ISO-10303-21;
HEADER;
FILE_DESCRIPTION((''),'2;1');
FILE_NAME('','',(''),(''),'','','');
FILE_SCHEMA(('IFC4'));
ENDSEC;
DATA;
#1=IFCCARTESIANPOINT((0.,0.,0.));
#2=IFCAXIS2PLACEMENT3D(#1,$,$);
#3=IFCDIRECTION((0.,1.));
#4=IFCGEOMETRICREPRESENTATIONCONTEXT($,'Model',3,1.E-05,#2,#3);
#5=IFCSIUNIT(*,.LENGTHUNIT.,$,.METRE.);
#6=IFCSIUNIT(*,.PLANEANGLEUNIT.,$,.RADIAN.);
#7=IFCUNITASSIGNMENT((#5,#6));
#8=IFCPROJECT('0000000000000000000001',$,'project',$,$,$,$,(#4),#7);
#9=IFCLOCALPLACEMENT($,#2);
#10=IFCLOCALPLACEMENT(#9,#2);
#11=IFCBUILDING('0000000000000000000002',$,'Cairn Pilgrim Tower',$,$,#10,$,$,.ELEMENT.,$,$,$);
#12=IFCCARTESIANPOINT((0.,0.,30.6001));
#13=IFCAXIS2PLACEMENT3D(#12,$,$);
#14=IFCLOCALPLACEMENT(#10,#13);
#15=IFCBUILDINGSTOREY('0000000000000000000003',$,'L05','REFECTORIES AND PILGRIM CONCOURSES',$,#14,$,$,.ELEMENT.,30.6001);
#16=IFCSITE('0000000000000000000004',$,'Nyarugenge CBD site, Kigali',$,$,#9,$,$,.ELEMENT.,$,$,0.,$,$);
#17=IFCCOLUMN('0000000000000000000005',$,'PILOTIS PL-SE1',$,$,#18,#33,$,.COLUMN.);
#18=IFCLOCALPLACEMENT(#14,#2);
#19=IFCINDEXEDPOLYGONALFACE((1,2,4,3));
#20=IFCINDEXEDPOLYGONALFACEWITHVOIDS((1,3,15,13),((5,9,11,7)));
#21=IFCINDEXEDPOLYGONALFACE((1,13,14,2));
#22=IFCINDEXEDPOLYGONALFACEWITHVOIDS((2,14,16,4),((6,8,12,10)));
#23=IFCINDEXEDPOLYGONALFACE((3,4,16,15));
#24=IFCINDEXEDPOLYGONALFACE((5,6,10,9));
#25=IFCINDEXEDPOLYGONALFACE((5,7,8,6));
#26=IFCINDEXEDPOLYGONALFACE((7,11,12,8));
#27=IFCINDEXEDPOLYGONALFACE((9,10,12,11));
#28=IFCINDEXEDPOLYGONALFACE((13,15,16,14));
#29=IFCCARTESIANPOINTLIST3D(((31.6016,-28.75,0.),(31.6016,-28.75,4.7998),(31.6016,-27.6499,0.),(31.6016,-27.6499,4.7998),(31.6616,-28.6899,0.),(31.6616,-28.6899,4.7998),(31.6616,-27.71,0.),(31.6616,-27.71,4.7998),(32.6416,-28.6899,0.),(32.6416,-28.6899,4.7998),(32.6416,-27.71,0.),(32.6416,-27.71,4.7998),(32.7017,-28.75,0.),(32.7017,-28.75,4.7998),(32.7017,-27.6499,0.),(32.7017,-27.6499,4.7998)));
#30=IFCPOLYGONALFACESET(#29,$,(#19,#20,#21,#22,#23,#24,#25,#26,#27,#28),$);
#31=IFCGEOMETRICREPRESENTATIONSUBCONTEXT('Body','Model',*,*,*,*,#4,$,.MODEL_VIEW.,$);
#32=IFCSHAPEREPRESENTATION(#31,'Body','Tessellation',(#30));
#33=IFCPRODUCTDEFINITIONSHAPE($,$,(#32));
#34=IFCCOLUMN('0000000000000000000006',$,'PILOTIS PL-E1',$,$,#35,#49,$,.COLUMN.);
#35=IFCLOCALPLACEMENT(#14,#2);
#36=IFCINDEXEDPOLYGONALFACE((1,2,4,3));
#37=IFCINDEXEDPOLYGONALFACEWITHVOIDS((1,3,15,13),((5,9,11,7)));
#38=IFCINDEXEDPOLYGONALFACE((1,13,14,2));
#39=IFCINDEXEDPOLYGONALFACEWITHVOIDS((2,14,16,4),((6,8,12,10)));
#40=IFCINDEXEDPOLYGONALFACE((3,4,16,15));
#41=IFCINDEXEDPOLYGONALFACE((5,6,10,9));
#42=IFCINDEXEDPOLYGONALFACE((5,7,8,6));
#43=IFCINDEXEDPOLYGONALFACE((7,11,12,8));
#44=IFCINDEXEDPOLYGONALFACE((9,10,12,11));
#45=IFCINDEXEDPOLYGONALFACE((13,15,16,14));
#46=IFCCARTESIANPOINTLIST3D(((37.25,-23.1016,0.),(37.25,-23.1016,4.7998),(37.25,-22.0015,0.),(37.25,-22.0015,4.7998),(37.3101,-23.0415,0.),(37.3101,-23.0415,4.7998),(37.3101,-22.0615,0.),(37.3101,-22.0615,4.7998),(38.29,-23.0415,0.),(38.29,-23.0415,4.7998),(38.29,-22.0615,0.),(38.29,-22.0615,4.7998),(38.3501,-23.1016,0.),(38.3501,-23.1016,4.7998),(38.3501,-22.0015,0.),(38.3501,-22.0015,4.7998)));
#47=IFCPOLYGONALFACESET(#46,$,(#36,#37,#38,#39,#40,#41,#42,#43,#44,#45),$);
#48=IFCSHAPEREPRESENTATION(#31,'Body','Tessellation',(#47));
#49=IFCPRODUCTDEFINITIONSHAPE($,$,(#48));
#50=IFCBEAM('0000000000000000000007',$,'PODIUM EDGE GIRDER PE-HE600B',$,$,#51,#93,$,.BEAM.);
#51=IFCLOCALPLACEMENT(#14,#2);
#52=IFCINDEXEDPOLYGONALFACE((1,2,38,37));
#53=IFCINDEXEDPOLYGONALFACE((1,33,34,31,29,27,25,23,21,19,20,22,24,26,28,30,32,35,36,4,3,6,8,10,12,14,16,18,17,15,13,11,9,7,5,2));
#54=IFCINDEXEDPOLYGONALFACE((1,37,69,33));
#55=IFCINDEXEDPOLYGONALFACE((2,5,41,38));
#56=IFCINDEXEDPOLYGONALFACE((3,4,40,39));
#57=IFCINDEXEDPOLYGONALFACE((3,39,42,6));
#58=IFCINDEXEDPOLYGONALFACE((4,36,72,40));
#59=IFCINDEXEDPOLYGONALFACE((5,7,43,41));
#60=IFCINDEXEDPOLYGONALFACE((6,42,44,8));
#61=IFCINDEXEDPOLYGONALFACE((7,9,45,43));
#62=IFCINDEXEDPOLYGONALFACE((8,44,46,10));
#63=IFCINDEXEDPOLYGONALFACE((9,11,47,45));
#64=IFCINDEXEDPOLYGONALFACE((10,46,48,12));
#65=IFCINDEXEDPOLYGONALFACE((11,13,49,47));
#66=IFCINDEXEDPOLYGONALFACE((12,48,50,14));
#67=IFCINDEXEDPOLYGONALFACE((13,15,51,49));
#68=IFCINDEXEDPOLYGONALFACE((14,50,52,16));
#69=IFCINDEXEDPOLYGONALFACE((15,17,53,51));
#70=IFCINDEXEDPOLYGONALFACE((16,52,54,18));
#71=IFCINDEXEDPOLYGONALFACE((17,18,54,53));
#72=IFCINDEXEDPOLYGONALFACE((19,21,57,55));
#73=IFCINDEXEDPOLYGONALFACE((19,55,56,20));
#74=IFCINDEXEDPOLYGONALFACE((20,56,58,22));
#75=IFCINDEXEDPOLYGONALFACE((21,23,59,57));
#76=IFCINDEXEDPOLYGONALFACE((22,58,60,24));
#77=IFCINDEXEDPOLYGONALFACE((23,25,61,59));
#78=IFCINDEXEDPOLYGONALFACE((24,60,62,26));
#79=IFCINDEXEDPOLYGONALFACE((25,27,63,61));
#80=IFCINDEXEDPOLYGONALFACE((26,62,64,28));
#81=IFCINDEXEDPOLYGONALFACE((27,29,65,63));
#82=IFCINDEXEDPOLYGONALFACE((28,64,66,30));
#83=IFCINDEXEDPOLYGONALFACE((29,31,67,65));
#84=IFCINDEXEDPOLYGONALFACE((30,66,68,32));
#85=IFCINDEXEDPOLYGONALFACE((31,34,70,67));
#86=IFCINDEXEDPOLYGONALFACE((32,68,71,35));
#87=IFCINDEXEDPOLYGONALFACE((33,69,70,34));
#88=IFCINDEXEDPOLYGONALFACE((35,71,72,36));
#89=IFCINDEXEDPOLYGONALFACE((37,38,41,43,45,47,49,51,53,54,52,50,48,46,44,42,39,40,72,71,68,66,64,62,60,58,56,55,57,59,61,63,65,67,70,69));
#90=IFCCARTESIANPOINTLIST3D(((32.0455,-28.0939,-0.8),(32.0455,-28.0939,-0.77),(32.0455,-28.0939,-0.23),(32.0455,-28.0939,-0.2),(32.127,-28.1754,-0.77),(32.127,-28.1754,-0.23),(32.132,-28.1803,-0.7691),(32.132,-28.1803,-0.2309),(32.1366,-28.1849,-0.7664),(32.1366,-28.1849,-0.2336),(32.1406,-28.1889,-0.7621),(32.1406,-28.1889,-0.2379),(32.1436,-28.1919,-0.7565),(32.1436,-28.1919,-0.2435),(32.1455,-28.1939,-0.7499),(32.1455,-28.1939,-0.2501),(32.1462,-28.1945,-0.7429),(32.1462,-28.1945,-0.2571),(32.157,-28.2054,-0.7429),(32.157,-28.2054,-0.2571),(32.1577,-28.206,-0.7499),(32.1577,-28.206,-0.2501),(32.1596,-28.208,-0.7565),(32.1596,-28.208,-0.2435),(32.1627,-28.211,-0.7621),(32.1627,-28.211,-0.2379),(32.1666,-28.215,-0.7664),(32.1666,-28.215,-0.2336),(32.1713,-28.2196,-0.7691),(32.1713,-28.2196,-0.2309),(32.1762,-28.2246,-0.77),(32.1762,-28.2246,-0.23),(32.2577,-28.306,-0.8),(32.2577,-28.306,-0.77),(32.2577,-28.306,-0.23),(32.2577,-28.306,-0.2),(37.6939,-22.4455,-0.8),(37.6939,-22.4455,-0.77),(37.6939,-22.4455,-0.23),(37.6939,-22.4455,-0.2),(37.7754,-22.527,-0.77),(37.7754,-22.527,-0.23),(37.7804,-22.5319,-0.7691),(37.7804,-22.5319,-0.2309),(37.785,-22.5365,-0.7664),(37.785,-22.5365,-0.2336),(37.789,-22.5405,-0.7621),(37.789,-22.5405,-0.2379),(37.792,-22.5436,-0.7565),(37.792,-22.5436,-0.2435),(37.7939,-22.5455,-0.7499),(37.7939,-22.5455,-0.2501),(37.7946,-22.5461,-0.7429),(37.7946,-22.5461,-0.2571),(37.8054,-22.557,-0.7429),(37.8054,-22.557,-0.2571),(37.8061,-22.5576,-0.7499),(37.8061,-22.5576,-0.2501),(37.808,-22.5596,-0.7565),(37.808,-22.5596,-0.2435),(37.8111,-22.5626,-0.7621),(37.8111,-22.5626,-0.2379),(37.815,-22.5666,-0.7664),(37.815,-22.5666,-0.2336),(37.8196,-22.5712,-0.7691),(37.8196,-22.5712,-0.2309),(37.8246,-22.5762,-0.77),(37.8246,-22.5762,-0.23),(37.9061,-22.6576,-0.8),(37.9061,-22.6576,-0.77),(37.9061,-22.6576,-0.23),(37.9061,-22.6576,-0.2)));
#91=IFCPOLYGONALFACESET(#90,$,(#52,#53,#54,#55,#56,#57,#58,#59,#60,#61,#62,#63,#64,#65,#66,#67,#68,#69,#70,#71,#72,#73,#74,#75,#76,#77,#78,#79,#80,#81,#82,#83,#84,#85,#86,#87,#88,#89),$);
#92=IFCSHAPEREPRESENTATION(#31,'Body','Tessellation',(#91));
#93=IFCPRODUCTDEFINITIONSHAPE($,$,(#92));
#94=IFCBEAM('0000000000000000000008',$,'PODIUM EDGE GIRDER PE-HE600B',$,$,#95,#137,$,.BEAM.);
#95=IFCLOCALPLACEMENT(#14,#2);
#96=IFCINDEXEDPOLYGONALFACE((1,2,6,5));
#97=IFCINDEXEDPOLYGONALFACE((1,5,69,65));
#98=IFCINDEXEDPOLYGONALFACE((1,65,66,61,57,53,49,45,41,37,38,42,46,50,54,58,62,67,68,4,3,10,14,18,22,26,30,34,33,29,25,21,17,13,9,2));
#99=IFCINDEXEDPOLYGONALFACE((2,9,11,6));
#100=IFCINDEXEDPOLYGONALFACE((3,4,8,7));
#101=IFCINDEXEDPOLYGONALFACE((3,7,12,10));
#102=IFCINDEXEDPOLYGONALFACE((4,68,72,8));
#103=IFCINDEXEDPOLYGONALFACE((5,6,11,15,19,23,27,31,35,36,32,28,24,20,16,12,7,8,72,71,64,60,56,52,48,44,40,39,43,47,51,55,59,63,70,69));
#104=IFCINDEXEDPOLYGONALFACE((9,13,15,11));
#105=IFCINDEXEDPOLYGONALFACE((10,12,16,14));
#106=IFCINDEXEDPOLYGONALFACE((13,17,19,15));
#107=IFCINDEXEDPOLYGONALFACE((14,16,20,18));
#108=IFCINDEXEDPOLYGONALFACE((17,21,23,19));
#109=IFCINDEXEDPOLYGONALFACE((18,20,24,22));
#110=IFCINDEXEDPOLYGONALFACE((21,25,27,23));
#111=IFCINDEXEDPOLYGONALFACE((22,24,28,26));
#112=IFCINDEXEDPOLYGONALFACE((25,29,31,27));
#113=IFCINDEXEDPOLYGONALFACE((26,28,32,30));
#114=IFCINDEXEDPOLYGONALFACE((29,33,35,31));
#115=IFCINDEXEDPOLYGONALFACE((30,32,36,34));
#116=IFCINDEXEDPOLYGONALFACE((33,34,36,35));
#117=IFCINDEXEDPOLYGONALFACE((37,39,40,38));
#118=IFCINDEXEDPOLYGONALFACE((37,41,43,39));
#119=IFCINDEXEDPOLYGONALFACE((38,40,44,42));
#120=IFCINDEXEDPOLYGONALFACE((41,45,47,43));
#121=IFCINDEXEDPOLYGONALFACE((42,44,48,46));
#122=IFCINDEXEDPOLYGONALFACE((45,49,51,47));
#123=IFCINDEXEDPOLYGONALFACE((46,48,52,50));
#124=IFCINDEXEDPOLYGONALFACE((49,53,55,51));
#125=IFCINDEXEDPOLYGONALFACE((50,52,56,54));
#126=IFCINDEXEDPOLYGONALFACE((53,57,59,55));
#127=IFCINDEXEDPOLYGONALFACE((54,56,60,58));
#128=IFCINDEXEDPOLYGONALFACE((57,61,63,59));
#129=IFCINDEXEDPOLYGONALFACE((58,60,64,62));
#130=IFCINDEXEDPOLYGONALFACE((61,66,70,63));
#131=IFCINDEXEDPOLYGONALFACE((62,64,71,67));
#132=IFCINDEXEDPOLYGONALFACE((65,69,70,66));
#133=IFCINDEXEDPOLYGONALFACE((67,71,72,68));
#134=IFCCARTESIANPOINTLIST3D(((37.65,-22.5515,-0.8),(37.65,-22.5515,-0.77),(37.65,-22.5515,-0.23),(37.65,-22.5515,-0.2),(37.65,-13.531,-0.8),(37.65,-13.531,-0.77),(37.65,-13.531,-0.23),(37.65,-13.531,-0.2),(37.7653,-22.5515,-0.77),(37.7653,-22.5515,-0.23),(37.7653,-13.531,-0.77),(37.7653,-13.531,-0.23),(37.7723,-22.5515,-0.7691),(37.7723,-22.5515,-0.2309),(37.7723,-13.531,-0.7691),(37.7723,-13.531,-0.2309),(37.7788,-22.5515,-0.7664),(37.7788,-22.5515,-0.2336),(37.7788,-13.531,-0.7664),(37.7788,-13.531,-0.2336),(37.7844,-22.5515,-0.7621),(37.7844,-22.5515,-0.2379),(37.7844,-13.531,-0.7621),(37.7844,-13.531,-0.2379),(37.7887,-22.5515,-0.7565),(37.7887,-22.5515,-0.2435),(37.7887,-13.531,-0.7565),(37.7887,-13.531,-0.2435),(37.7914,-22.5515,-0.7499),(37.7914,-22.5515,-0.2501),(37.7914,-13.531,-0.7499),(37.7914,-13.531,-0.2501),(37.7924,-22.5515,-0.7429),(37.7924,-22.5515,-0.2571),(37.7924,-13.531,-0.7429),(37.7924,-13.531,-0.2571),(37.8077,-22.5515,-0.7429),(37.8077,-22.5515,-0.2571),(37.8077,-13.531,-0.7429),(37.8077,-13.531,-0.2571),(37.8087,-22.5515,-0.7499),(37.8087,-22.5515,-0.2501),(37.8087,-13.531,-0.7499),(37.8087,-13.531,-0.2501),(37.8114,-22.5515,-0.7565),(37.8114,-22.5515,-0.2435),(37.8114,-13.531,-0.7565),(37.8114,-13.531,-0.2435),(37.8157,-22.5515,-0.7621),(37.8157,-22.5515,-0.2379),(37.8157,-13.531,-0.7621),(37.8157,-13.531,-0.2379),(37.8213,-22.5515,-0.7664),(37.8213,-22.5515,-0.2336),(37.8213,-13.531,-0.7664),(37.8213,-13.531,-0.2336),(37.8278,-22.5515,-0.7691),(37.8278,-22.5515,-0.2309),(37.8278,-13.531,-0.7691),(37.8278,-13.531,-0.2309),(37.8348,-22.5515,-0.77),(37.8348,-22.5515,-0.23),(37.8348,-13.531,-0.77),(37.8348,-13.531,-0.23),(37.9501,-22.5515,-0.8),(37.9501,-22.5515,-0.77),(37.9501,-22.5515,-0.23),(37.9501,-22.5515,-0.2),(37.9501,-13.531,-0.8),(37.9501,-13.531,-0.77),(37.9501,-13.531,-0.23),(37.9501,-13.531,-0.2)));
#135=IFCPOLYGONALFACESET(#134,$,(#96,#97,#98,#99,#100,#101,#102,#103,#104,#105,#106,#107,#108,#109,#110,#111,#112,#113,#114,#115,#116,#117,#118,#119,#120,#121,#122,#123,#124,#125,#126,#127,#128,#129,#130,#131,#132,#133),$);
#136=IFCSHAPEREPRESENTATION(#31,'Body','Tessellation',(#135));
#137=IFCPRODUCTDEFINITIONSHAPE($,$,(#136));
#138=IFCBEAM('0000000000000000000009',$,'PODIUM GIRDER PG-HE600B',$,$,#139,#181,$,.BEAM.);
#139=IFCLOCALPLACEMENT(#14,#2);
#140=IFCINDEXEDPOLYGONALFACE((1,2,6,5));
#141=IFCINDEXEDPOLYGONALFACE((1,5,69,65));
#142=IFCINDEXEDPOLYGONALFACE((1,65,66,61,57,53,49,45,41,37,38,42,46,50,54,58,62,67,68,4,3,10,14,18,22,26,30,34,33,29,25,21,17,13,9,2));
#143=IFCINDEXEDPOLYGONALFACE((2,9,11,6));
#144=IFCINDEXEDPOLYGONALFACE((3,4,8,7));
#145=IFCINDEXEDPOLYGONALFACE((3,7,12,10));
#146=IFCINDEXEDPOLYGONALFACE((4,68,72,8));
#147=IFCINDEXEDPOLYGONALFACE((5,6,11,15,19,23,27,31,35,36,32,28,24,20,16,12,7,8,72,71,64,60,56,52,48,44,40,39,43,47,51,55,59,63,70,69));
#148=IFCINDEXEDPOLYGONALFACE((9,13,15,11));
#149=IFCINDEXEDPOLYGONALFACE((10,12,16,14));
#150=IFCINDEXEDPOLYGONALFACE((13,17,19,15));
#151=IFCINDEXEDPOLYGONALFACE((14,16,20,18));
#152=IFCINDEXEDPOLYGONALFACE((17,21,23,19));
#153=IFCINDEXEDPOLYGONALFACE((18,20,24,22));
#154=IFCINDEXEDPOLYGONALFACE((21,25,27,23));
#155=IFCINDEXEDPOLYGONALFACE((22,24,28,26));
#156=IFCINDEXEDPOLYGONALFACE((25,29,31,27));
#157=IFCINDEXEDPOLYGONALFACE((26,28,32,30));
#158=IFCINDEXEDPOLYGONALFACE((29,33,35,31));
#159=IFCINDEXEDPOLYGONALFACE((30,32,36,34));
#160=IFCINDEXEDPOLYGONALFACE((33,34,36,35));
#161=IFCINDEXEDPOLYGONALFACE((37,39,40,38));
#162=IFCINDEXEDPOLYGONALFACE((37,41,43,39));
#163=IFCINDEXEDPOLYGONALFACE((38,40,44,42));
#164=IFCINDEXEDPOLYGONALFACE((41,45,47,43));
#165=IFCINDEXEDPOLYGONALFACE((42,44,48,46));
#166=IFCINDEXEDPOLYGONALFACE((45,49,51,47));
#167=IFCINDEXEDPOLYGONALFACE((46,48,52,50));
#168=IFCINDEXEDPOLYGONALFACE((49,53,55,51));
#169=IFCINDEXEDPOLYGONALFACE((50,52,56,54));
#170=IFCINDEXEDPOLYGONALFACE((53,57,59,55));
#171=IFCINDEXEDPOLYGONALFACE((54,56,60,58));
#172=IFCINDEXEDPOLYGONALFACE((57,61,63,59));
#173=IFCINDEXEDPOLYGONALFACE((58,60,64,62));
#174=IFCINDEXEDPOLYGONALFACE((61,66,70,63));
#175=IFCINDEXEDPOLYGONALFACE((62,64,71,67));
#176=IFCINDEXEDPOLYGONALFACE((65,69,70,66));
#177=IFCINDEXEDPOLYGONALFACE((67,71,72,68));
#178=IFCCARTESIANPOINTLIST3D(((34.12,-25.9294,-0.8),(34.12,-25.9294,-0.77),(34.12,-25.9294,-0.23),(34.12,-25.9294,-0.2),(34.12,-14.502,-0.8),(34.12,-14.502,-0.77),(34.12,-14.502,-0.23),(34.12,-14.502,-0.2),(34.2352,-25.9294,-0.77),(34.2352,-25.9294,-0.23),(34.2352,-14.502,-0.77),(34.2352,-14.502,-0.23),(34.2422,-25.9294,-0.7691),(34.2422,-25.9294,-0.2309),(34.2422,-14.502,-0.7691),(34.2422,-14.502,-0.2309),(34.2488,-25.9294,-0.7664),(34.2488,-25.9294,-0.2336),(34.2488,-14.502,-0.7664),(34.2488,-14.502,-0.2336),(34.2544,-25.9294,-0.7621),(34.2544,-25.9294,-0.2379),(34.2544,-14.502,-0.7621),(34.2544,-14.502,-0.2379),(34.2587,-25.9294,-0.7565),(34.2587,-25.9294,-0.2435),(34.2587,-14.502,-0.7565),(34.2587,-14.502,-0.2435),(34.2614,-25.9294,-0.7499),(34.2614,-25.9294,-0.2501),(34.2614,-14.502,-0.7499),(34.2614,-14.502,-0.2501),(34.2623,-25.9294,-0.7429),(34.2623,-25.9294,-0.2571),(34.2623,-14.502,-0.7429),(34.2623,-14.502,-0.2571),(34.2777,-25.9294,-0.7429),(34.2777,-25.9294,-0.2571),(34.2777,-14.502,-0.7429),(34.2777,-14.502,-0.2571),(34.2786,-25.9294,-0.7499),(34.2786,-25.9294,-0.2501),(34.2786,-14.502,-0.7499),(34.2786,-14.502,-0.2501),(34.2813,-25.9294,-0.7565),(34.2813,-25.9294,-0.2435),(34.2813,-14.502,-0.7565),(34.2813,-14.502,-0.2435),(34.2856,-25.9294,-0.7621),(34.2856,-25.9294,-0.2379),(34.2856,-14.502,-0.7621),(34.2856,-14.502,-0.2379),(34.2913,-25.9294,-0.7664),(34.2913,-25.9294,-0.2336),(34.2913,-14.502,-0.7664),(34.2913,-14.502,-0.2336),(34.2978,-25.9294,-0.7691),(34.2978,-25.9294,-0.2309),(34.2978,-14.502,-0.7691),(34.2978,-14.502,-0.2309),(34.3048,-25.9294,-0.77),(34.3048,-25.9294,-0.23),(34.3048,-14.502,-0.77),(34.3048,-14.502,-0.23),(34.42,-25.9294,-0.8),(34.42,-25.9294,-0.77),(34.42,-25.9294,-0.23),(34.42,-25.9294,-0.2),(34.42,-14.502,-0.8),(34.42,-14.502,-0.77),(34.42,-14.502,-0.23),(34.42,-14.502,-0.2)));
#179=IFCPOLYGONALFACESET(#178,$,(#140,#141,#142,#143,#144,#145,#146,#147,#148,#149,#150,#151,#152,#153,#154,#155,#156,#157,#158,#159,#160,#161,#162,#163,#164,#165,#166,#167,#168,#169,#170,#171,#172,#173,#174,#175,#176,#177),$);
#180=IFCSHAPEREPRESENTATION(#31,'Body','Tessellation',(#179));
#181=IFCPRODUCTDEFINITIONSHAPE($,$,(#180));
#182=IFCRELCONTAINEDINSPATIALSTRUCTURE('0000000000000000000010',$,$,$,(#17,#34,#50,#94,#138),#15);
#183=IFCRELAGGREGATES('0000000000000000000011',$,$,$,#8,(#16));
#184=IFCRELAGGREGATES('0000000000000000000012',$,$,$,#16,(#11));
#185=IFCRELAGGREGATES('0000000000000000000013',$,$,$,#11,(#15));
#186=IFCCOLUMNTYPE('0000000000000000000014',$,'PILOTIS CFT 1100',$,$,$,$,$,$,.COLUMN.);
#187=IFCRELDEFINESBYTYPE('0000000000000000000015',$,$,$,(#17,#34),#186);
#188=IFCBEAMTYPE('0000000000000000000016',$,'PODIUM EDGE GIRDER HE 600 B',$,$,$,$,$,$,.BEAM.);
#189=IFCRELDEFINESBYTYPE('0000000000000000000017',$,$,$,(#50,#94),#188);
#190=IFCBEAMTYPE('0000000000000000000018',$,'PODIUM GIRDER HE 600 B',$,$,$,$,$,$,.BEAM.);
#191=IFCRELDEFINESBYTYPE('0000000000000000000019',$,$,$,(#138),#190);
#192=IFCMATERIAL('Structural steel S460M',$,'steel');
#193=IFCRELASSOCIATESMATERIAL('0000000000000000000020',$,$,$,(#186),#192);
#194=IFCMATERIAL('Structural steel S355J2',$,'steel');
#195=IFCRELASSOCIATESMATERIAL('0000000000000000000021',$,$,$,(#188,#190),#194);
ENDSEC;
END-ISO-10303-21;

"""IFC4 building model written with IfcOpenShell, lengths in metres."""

from ifc_helpers import new_model, si_unit, direction, frame, origin, origin_2d, place, context, subcontext, project, spatial, hollow_rectangle, i_section, extrude, material, material_profile, profile_set, type_object, element, save


model = new_model("IFC4")

# Units and contexts
model_context = context("Model", 3, precision=1e-05, world=origin(), true_north=direction((0.0, 1.0)))
body_context = subcontext(model_context, "Body", "Model", "MODEL_VIEW")
ifc_project = project(units=[si_unit("LENGTHUNIT", "METRE"), si_unit("PLANEANGLEUNIT", "RADIAN")], contexts=[model_context])

# Site, building, storey
site_placement = place(None, origin())
site = spatial("IfcSite", under=ifc_project, at=site_placement, Name="Nyarugenge CBD site, Kigali", CompositionType="ELEMENT", RefElevation=0.0)
building_placement = place(site_placement, origin())
building = spatial("IfcBuilding", under=site, at=building_placement, Name="Cairn Pilgrim Tower", CompositionType="ELEMENT")
storey_placement = place(building_placement, frame((0.0, 0.0, 30.6001)))
storey = spatial("IfcBuildingStorey", under=building, at=storey_placement, Name="L05", Description="REFECTORIES AND PILGRIM CONCOURSES", CompositionType="ELEMENT", Elevation=30.6001)

# Columns
ifc_material_1 = material(Name="Structural steel S460M", Category="steel")
ifc_material_profile_1 = material_profile(ifc_material_1, hollow_rectangle(XDim=1.1001, YDim=1.1001, WallThickness=0.0601, at=origin_2d()), Name="BOX 1100x1100x60")
ifc_profile_set_1 = profile_set([ifc_material_profile_1], Name="Structural steel S460M")
column_type = type_object("IfcColumnType", Name="PILOTIS CFT 1100", PredefinedType="COLUMN", material=ifc_profile_set_1)
for number, where, z_axis, x_axis, name in (
    (1, (32.1516, -28.2, 0.0), (0.0, 0.0, 1.0), (1.0, 0.0, 0.0), "PILOTIS PL-SE1"),
    (2, (37.8, -22.5515, 0.0), (0.0, 0.0, 1.0), (1.0, 0.0, 0.0), "PILOTIS PL-E1"),
):
    element("IfcColumn", number, at=place(storey_placement, frame(where, z_axis=z_axis, x_axis=x_axis)), inside=storey, type_object=column_type, Name=name, PredefinedType="COLUMN", context=body_context, shape_type="SweptSolid", body=[
        extrude(hollow_rectangle(XDim=1.1001, YDim=1.1001, WallThickness=0.0601, at=origin_2d()), origin(), (0.0, 0.0, 1.0), 4.7998),
    ])

# Beams
ifc_material_2 = material(Name="Structural steel S355J2", Category="steel")
ifc_material_profile_2 = material_profile(ifc_material_2, i_section(OverallWidth=0.3, OverallDepth=0.6001, WebThickness=0.0154, FlangeThickness=0.03, FilletRadius=0.0271, at=origin_2d()), Name="HEB 600")
ifc_profile_set_2 = profile_set([ifc_material_profile_2], Name="Structural steel S355J2")
beam_type_1 = type_object("IfcBeamType", Name="PODIUM EDGE GIRDER HE 600 B", PredefinedType="BEAM", material=ifc_profile_set_2)
beam_1_placement = place(storey_placement, frame((32.1516, -28.2, -0.5), z_axis=(0.707107, 0.707107, 0.0), x_axis=(-0.707107, 0.707107, 0.0)))
element("IfcBeam", 3, at=beam_1_placement, inside=storey, type_object=beam_type_1, Name="PODIUM EDGE GIRDER PE-HE600B", PredefinedType="BEAM", context=body_context, shape_type="SweptSolid", body=[
    extrude(i_section(OverallWidth=0.3, OverallDepth=0.6001, WebThickness=0.0154, FlangeThickness=0.03, FilletRadius=0.0271, at=origin_2d()), origin(), (0.0, 0.0, 1.0), 7.988),
])
beam_2_placement = place(storey_placement, frame((37.8, -22.5515, -0.5), z_axis=(0.0, 1.0, 0.0), x_axis=(-1.0, 0.0, 0.0)))
element("IfcBeam", 4, at=beam_2_placement, inside=storey, type_object=beam_type_1, Name="PODIUM EDGE GIRDER PE-HE600B", PredefinedType="BEAM", context=body_context, shape_type="SweptSolid", body=[
    extrude(i_section(OverallWidth=0.3, OverallDepth=0.6001, WebThickness=0.0154, FlangeThickness=0.03, FilletRadius=0.0271, at=origin_2d()), origin(), (0.0, 0.0, 1.0), 9.0205),
])
ifc_material_profile_3 = material_profile(ifc_material_2, i_section(OverallWidth=0.3, OverallDepth=0.6001, WebThickness=0.0154, FlangeThickness=0.03, FilletRadius=0.0271, at=origin_2d()), Name="HEB 600")
ifc_profile_set_3 = profile_set([ifc_material_profile_3], Name="Structural steel S355J2")
beam_type_2 = type_object("IfcBeamType", Name="PODIUM GIRDER HE 600 B", PredefinedType="BEAM", material=ifc_profile_set_3)
beam_3_placement = place(storey_placement, frame((34.27, -25.9294, -0.5), z_axis=(0.0, 1.0, 0.0), x_axis=(-1.0, 0.0, 0.0)))
element("IfcBeam", 5, at=beam_3_placement, inside=storey, type_object=beam_type_2, Name="PODIUM GIRDER PG-HE600B", PredefinedType="BEAM", context=body_context, shape_type="SweptSolid", body=[
    extrude(i_section(OverallWidth=0.3, OverallDepth=0.6001, WebThickness=0.0154, FlangeThickness=0.03, FilletRadius=0.0271, at=origin_2d()), origin(), (0.0, 0.0, 1.0), 11.4275),
])

save(model, "model.ifc")
